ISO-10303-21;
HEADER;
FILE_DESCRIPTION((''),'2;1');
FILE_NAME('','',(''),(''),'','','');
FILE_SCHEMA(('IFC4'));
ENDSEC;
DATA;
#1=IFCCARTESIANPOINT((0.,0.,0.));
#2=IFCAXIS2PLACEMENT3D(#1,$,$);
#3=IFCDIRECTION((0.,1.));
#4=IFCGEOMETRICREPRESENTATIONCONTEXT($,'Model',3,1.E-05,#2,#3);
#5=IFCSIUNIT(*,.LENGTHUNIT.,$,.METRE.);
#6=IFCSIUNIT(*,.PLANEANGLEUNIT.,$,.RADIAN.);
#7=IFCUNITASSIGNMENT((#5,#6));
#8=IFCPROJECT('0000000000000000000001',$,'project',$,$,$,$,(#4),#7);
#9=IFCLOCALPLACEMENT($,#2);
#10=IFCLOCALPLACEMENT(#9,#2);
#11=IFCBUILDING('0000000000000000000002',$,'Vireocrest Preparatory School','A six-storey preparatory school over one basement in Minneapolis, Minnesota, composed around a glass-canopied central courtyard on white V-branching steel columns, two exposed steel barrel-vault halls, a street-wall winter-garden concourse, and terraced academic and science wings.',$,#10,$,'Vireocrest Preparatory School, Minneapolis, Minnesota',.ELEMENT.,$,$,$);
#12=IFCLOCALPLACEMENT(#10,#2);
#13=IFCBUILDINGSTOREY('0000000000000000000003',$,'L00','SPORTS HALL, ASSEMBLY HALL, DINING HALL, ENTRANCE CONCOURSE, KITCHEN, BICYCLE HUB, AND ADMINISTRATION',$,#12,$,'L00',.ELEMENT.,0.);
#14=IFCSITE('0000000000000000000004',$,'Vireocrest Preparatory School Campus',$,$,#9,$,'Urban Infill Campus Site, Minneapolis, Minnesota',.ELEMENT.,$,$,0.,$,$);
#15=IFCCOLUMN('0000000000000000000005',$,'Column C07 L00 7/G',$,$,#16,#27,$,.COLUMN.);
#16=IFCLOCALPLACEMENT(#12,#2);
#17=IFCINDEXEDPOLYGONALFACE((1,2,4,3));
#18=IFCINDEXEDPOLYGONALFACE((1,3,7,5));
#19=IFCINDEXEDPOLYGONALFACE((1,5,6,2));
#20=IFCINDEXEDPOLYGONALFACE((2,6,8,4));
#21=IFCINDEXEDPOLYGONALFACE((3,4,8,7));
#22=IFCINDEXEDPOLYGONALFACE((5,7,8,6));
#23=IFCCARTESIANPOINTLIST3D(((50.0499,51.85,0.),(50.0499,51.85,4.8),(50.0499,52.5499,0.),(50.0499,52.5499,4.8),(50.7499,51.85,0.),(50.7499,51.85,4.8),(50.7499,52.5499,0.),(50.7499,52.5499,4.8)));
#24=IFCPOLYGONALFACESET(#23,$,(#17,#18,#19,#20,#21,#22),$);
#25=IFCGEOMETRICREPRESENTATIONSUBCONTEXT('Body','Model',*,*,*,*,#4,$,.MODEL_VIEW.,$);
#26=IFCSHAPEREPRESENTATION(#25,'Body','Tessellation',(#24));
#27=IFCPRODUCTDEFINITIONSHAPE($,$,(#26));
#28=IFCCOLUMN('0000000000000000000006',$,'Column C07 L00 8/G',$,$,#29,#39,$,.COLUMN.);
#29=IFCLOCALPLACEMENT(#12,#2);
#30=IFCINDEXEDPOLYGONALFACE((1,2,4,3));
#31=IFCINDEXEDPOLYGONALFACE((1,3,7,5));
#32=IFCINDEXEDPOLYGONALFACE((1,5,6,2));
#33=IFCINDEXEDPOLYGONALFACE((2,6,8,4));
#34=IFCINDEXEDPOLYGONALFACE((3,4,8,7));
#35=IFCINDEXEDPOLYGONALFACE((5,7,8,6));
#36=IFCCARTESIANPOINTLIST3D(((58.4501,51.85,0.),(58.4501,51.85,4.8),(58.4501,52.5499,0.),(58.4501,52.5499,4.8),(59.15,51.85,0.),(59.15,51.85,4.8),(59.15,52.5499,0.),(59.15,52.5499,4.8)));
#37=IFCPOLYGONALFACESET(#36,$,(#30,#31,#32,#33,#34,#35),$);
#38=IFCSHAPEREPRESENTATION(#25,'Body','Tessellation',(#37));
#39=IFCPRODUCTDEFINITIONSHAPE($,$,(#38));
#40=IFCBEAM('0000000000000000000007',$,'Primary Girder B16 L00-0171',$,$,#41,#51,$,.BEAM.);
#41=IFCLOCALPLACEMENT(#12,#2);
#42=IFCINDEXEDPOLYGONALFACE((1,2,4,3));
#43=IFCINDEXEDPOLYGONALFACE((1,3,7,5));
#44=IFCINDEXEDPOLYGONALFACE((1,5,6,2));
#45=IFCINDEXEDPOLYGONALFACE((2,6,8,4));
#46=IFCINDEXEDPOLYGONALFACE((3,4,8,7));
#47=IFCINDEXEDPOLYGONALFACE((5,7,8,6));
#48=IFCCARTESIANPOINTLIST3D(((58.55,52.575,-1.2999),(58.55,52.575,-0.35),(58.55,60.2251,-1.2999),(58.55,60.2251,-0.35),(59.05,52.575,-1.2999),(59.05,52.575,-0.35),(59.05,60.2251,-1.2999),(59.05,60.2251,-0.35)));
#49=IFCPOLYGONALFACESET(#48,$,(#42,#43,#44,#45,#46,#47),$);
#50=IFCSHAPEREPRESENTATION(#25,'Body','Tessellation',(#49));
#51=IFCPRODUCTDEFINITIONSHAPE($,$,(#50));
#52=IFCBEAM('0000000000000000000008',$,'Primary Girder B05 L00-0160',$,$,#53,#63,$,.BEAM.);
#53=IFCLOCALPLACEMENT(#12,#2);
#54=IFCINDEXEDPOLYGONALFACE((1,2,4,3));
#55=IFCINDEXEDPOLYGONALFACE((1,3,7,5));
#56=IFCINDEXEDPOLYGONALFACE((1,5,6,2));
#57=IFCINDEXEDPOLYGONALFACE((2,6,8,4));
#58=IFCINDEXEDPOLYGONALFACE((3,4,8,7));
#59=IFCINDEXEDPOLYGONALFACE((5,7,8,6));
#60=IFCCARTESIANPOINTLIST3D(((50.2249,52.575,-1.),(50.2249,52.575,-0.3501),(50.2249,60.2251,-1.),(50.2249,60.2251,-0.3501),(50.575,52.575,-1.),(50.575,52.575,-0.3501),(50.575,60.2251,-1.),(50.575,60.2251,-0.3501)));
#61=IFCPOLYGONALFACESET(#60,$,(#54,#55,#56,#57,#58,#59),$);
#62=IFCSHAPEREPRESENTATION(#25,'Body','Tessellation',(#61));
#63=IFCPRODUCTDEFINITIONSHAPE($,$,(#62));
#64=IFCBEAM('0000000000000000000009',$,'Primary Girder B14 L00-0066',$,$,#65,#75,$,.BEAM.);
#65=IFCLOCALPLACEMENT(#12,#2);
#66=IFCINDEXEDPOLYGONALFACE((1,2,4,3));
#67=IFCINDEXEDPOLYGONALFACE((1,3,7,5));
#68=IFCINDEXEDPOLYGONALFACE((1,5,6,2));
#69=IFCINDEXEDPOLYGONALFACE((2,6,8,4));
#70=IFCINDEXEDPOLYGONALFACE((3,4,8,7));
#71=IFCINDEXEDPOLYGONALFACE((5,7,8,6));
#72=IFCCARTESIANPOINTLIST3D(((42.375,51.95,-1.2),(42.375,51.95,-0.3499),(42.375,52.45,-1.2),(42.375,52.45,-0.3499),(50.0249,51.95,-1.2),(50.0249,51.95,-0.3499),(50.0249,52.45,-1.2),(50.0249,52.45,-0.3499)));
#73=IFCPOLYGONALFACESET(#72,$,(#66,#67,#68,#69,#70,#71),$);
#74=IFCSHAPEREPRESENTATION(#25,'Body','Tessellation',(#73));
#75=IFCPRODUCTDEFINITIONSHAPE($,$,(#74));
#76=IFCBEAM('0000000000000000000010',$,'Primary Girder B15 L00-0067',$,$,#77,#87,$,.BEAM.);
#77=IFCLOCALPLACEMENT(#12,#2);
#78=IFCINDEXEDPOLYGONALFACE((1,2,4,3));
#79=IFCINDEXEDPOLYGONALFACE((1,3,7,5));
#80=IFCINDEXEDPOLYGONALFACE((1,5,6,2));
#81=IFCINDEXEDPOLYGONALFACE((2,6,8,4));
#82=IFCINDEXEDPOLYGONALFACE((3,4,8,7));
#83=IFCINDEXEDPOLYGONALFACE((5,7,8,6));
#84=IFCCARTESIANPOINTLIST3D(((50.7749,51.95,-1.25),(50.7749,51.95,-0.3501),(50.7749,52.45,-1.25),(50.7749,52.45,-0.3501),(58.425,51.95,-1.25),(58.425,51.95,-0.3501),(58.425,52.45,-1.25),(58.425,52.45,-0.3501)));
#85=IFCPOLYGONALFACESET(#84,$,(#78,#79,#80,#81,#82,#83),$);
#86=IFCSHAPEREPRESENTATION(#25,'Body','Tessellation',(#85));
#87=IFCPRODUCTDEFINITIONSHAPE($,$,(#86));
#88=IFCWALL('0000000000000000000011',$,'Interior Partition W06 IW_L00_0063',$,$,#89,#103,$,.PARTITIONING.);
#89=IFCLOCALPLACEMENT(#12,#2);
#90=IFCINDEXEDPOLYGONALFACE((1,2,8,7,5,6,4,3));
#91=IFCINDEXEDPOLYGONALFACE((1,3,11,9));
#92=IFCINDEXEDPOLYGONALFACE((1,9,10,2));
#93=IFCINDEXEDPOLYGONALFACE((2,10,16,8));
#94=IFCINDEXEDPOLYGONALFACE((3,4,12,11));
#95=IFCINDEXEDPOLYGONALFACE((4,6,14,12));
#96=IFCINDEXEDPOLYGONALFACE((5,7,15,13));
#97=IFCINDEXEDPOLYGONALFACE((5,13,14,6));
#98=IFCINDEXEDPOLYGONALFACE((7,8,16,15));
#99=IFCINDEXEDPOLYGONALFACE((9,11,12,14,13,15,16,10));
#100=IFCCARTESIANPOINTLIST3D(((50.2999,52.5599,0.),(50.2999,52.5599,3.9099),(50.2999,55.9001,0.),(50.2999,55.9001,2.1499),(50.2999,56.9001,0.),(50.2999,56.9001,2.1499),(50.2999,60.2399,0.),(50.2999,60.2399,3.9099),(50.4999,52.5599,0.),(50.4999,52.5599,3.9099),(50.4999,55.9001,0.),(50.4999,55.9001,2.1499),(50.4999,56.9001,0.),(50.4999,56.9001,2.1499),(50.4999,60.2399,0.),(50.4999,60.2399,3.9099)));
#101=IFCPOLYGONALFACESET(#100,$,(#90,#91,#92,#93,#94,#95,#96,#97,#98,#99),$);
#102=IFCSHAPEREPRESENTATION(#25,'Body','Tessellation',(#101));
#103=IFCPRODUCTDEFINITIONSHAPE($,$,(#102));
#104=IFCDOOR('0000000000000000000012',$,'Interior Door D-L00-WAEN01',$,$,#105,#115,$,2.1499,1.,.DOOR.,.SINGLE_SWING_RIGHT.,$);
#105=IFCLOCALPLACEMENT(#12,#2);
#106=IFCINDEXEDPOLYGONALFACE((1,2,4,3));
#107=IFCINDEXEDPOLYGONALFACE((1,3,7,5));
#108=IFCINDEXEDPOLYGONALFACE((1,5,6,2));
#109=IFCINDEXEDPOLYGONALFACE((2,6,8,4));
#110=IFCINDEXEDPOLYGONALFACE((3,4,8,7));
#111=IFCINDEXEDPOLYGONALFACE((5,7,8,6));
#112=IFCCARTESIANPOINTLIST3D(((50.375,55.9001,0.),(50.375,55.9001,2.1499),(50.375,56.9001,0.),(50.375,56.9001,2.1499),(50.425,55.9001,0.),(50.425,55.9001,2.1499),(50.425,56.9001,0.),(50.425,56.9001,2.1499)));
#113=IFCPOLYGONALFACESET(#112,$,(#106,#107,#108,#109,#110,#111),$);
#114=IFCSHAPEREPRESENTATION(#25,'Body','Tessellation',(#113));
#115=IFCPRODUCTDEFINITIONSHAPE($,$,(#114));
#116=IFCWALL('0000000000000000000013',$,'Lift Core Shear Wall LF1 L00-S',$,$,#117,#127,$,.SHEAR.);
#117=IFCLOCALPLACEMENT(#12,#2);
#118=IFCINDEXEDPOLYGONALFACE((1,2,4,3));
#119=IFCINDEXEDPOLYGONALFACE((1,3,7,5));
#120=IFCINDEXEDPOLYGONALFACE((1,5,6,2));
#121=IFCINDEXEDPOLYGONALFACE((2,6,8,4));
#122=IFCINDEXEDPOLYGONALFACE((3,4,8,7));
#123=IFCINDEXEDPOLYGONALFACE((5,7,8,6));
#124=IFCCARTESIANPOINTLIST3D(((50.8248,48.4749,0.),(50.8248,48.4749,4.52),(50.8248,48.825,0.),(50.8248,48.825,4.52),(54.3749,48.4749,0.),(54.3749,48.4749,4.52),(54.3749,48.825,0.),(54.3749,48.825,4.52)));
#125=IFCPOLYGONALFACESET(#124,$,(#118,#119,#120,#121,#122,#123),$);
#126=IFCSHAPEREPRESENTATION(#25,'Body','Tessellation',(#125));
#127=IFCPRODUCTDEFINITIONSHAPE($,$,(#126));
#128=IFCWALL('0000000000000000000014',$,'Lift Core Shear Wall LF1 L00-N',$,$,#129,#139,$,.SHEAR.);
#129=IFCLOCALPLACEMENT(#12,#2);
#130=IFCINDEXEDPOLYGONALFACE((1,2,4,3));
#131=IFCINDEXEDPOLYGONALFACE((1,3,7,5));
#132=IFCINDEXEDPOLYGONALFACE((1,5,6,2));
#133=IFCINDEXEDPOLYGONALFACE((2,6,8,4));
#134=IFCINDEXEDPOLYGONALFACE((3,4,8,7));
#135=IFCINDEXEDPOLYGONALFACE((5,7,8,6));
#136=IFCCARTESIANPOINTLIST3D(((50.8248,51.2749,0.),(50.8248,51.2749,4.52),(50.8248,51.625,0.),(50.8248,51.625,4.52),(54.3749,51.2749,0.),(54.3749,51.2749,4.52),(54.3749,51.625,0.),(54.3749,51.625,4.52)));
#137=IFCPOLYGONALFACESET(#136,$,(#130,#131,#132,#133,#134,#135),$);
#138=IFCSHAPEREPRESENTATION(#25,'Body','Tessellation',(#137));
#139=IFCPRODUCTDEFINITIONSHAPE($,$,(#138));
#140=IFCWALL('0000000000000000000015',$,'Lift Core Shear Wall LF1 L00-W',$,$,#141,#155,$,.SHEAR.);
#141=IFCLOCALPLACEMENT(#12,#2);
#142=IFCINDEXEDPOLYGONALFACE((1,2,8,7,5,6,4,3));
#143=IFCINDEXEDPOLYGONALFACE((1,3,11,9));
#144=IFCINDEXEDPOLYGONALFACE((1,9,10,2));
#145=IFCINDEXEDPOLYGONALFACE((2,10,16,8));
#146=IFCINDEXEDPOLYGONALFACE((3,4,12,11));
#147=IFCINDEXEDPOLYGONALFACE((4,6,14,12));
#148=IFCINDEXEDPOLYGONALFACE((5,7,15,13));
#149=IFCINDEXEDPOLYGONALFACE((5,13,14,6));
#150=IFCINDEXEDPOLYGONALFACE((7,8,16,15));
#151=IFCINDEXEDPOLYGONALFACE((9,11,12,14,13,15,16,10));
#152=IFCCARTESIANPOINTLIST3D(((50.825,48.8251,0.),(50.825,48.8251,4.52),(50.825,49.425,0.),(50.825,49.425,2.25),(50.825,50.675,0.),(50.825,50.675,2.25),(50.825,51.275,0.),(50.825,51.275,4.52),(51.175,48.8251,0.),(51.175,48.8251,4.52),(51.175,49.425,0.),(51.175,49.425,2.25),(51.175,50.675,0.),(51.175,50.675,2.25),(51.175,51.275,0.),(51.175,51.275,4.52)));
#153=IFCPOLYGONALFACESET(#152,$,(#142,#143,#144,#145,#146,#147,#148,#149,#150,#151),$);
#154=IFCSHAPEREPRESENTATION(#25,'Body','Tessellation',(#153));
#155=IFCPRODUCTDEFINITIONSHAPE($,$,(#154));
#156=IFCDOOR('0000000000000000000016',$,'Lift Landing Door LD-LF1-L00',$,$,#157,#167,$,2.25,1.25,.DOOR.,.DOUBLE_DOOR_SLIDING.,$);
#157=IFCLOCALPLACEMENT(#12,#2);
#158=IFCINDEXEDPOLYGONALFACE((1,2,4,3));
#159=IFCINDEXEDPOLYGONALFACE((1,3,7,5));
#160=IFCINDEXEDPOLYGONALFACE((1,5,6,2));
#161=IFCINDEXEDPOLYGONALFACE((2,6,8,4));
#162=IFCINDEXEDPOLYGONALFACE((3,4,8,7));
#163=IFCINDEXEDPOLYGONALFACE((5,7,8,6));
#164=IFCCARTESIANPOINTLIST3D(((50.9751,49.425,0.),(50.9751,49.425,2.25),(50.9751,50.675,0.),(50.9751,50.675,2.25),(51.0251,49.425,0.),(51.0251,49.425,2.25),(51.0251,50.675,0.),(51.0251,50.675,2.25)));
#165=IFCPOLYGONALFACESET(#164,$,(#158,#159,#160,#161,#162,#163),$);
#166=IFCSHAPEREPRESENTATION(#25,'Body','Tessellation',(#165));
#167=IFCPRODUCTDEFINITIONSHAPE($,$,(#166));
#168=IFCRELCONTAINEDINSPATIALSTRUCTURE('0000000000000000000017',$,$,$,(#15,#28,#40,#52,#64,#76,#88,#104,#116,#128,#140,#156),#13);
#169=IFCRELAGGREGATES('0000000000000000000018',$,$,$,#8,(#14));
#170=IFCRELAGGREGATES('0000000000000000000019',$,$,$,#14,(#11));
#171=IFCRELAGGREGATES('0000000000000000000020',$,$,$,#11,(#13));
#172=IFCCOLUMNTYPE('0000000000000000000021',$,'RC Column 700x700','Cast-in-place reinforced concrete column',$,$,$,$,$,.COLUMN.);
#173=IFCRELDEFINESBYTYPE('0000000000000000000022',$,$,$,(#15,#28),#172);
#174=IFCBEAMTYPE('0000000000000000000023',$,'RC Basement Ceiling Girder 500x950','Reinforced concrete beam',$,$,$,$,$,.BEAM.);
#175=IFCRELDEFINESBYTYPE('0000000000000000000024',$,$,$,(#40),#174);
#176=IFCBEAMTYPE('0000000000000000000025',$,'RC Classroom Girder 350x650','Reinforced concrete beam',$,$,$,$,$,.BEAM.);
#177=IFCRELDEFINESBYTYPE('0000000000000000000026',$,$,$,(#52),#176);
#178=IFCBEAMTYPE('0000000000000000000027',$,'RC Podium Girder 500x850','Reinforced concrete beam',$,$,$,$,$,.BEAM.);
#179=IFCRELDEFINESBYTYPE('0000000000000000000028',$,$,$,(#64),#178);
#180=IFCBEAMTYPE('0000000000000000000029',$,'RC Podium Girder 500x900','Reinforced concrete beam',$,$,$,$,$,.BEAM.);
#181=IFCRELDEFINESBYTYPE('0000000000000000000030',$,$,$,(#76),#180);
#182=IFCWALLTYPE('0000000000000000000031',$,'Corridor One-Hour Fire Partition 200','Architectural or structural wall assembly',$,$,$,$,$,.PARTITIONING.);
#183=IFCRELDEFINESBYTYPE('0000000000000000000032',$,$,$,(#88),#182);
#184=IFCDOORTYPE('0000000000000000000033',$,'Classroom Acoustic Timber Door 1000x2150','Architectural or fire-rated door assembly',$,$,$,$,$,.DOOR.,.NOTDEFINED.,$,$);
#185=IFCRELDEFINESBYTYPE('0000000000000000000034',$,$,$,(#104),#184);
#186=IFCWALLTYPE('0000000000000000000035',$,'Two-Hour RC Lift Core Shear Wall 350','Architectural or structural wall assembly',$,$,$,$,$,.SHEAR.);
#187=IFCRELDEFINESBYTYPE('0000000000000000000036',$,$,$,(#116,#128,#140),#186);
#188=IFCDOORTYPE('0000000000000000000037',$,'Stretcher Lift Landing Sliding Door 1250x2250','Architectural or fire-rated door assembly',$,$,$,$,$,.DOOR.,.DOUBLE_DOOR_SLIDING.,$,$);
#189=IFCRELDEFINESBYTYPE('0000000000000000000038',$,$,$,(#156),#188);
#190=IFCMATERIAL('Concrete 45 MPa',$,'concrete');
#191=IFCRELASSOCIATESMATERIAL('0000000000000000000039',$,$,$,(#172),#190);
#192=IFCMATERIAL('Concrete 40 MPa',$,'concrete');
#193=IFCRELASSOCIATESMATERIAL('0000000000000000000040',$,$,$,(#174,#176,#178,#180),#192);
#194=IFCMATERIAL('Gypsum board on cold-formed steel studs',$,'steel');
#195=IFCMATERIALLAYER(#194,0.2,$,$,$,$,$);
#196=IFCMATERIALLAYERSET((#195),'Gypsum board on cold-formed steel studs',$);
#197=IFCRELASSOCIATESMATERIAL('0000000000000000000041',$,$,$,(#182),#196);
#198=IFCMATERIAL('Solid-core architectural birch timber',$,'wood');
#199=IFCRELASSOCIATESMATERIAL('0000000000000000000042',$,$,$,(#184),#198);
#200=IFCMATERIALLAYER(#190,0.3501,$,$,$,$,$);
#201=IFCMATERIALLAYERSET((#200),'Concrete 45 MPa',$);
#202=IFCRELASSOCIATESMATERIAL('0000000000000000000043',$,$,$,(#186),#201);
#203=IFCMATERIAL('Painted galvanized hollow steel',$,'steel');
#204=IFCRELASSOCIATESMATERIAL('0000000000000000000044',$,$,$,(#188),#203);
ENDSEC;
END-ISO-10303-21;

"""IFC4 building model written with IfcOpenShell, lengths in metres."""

from ifc_helpers import new_model, si_unit, direction, frame, frame_2d, origin, origin_2d, place, context, subcontext, project, spatial, rectangle, extrude, material, layer, layer_set, material_profile, profile_set, type_object, element, fill, save


model = new_model("IFC4")

# Units and contexts
model_context = context("Model", 3, precision=1e-05, world=origin(), true_north=direction((0.0, 1.0)))
body_context = subcontext(model_context, "Body", "Model", "MODEL_VIEW")
ifc_project = project(units=[si_unit("LENGTHUNIT", "METRE"), si_unit("PLANEANGLEUNIT", "RADIAN")], contexts=[model_context])

# Site, building, storey
site_placement = place(None, origin())
site = spatial("IfcSite", under=ifc_project, at=site_placement, Name="Vireocrest Preparatory School Campus", LongName="Urban Infill Campus Site, Minneapolis, Minnesota", CompositionType="ELEMENT", RefElevation=0.0)
building_placement = place(site_placement, origin())
building = spatial("IfcBuilding", under=site, at=building_placement, Name="Vireocrest Preparatory School", Description="A six-storey preparatory school over one basement in Minneapolis, Minnesota, composed around a glass-canopied central courtyard on white V-branching steel columns, two exposed steel barrel-vault halls, a street-wall winter-garden concourse, and terraced academic and science wings.", LongName="Vireocrest Preparatory School, Minneapolis, Minnesota", CompositionType="ELEMENT")
storey_placement = place(building_placement, origin())
storey = spatial("IfcBuildingStorey", under=building, at=storey_placement, Name="L00", Description="SPORTS HALL, ASSEMBLY HALL, DINING HALL, ENTRANCE CONCOURSE, KITCHEN, BICYCLE HUB, AND ADMINISTRATION", LongName="L00", CompositionType="ELEMENT", Elevation=0.0)

# Columns
ifc_material_1 = material(Name="Concrete 45 MPa", Category="concrete")
ifc_material_profile_1 = material_profile(ifc_material_1, rectangle(XDim=0.7, YDim=0.7, at=origin_2d()), Name="RC 700x700")
ifc_profile_set_1 = profile_set([ifc_material_profile_1], Name="Concrete 45 MPa")
column_type = type_object("IfcColumnType", Name="RC Column 700x700", Description="Cast-in-place reinforced concrete column", PredefinedType="COLUMN", material=ifc_profile_set_1)
for number, where, z_axis, x_axis, name in (
    (1, (50.3999, 52.2, 0.0), (0.0, 0.0, 1.0), (1.0, 0.0, 0.0), "Column C07 L00 7/G"),
    (2, (58.8, 52.2, 0.0), (0.0, 0.0, 1.0), (1.0, 0.0, 0.0), "Column C07 L00 8/G"),
):
    element("IfcColumn", number, at=place(storey_placement, frame(where, z_axis=z_axis, x_axis=x_axis)), inside=storey, type_object=column_type, Name=name, PredefinedType="COLUMN", context=body_context, shape_type="SweptSolid", body=[
        extrude(rectangle(XDim=0.7, YDim=0.7, at=origin_2d()), origin(), (0.0, 0.0, 1.0), 4.8),
    ])

# Beams
ifc_material_2 = material(Name="Concrete 40 MPa", Category="concrete")
ifc_material_profile_2 = material_profile(ifc_material_2, rectangle(XDim=0.5, YDim=0.95, at=origin_2d()), Name="RC 500x950")
ifc_profile_set_2 = profile_set([ifc_material_profile_2], Name="Concrete 40 MPa")
beam_type_1 = type_object("IfcBeamType", Name="RC Basement Ceiling Girder 500x950", Description="Reinforced concrete beam", PredefinedType="BEAM", material=ifc_profile_set_2)
beam_1_placement = place(storey_placement, frame((58.8, 52.575, -0.825), z_axis=(0.0, 1.0, 0.0), x_axis=(-1.0, 0.0, 0.0)))
element("IfcBeam", 3, at=beam_1_placement, inside=storey, type_object=beam_type_1, Name="Primary Girder B16 L00-0171", PredefinedType="BEAM", context=body_context, shape_type="SweptSolid", body=[
    extrude(rectangle(XDim=0.5, YDim=0.95, at=origin_2d()), origin(), (0.0, 0.0, 1.0), 7.6501),
])
ifc_material_profile_3 = material_profile(ifc_material_2, rectangle(XDim=0.3501, YDim=0.6499, at=origin_2d()), Name="RC 350x650")
ifc_profile_set_3 = profile_set([ifc_material_profile_3], Name="Concrete 40 MPa")
beam_type_2 = type_object("IfcBeamType", Name="RC Classroom Girder 350x650", Description="Reinforced concrete beam", PredefinedType="BEAM", material=ifc_profile_set_3)
beam_2_placement = place(storey_placement, frame((50.3999, 52.575, -0.675), z_axis=(0.0, 1.0, 0.0), x_axis=(-1.0, 0.0, 0.0)))
element("IfcBeam", 4, at=beam_2_placement, inside=storey, type_object=beam_type_2, Name="Primary Girder B05 L00-0160", PredefinedType="BEAM", context=body_context, shape_type="SweptSolid", body=[
    extrude(rectangle(XDim=0.3501, YDim=0.6499, at=origin_2d()), origin(), (0.0, 0.0, 1.0), 7.6501),
])
ifc_material_profile_4 = material_profile(ifc_material_2, rectangle(XDim=0.5, YDim=0.8501, at=origin_2d()), Name="RC 500x850")
ifc_profile_set_4 = profile_set([ifc_material_profile_4], Name="Concrete 40 MPa")
beam_type_3 = type_object("IfcBeamType", Name="RC Podium Girder 500x850", Description="Reinforced concrete beam", PredefinedType="BEAM", material=ifc_profile_set_4)
beam_3_placement = place(storey_placement, frame((42.375, 52.2, -0.7749), z_axis=(1.0, 0.0, 0.0), x_axis=(0.0, 1.0, 0.0)))
element("IfcBeam", 5, at=beam_3_placement, inside=storey, type_object=beam_type_3, Name="Primary Girder B14 L00-0066", PredefinedType="BEAM", context=body_context, shape_type="SweptSolid", body=[
    extrude(rectangle(XDim=0.5, YDim=0.8501, at=origin_2d()), origin(), (0.0, 0.0, 1.0), 7.6499),
])
ifc_material_profile_5 = material_profile(ifc_material_2, rectangle(XDim=0.5, YDim=0.8999, at=origin_2d()), Name="RC 500x900")
ifc_profile_set_5 = profile_set([ifc_material_profile_5], Name="Concrete 40 MPa")
beam_type_4 = type_object("IfcBeamType", Name="RC Podium Girder 500x900", Description="Reinforced concrete beam", PredefinedType="BEAM", material=ifc_profile_set_5)
beam_4_placement = place(storey_placement, frame((50.7749, 52.2, -0.8), z_axis=(1.0, 0.0, 0.0), x_axis=(0.0, 1.0, 0.0)))
element("IfcBeam", 6, at=beam_4_placement, inside=storey, type_object=beam_type_4, Name="Primary Girder B15 L00-0067", PredefinedType="BEAM", context=body_context, shape_type="SweptSolid", body=[
    extrude(rectangle(XDim=0.5, YDim=0.8999, at=origin_2d()), origin(), (0.0, 0.0, 1.0), 7.6501),
])

# Wall, opening, door
ifc_material_3 = material(Name="Gypsum board on cold-formed steel studs", Category="steel")
ifc_layer_1 = layer(ifc_material_3, 0.2)
ifc_layer_set_1 = layer_set([ifc_layer_1], Name="Gypsum board on cold-formed steel studs")
wall_type_1 = type_object("IfcWallType", Name="Corridor One-Hour Fire Partition 200", Description="Architectural or structural wall assembly", PredefinedType="PARTITIONING", material=ifc_layer_set_1)
wall_1_placement = place(storey_placement, frame((50.3999, 52.5601, 0.0), z_axis=(0.0, 0.0, 1.0), x_axis=(0.0, 1.0, 0.0)))
wall_1 = element("IfcWall", 7, at=wall_1_placement, inside=storey, type_object=wall_type_1, Name="Interior Partition W06 IW_L00_0063", PredefinedType="PARTITIONING", context=body_context, shape_type="SweptSolid", body=[
    extrude(rectangle(XDim=7.6799, YDim=0.2, at=frame_2d((3.8398, 0.0))), origin(), (0.0, 0.0, 1.0), 3.9099),
])
opening_1_placement = place(wall_1_placement, frame((3.3401, 0.0, 0.0)))
opening_1 = element("IfcOpeningElement", 8, at=opening_1_placement, cuts=wall_1, PredefinedType="OPENING", context=body_context, shape_type="SweptSolid", body=[
    extrude(rectangle(XDim=1.0, YDim=2.1499, at=frame_2d((0.5, 1.075))), frame((0.0, 0.1099, 0.0), z_axis=(0.0, -1.0, 0.0), x_axis=(1.0, 0.0, 0.0)), (0.0, 0.0, 1.0), 0.22),
])
ifc_material_4 = material(Name="Solid-core architectural birch timber", Category="wood")
door_type_1 = type_object("IfcDoorType", Name="Classroom Acoustic Timber Door 1000x2150", Description="Architectural or fire-rated door assembly", OperationType="NOTDEFINED", PredefinedType="DOOR", material=ifc_material_4)
door_1_placement = place(opening_1_placement, origin())
door_1 = element("IfcDoor", 9, at=door_1_placement, inside=storey, type_object=door_type_1, Name="Interior Door D-L00-WAEN01", OperationType="SINGLE_SWING_RIGHT", OverallHeight=2.1499, OverallWidth=1.0, PredefinedType="DOOR", context=body_context, shape_type="SweptSolid", body=[
    extrude(rectangle(XDim=1.0, YDim=2.1499, at=frame_2d((0.5, 1.075))), frame((0.0, 0.0249, 0.0), z_axis=(0.0, -1.0, 0.0), x_axis=(1.0, 0.0, 0.0)), (0.0, 0.0, 1.0), 0.05),
])
fill(opening_1, door_1)

# Walls
ifc_layer_2 = layer(ifc_material_1, 0.3501)
ifc_layer_set_2 = layer_set([ifc_layer_2], Name="Concrete 45 MPa")
wall_type_2 = type_object("IfcWallType", Name="Two-Hour RC Lift Core Shear Wall 350", Description="Architectural or structural wall assembly", PredefinedType="SHEAR", material=ifc_layer_set_2)
for number, where, z_axis, x_axis, name in (
    (10, (50.825, 48.6499, 0.0), (0.0, 0.0, 1.0), (1.0, 0.0, 0.0), "Lift Core Shear Wall LF1 L00-S"),
    (11, (50.825, 51.45, 0.0), (0.0, 0.0, 1.0), (1.0, 0.0, 0.0), "Lift Core Shear Wall LF1 L00-N"),
):
    element("IfcWall", number, at=place(storey_placement, frame(where, z_axis=z_axis, x_axis=x_axis)), inside=storey, type_object=wall_type_2, Name=name, PredefinedType="SHEAR", context=body_context, shape_type="SweptSolid", body=[
        extrude(rectangle(XDim=3.55, YDim=0.3501, at=frame_2d((1.7749, 0.0))), origin(), (0.0, 0.0, 1.0), 4.52),
    ])

# Wall, opening, door
wall_2_placement = place(storey_placement, frame((51.0, 48.825, 0.0), z_axis=(0.0, 0.0, 1.0), x_axis=(0.0, 1.0, 0.0)))
wall_2 = element("IfcWall", 12, at=wall_2_placement, inside=storey, type_object=wall_type_2, Name="Lift Core Shear Wall LF1 L00-W", PredefinedType="SHEAR", context=body_context, shape_type="SweptSolid", body=[
    extrude(rectangle(XDim=2.45, YDim=0.3501, at=frame_2d((1.2251, 0.0))), origin(), (0.0, 0.0, 1.0), 4.52),
])
opening_2_placement = place(wall_2_placement, frame((0.6001, 0.0, 0.0)))
opening_2 = element("IfcOpeningElement", 13, at=opening_2_placement, cuts=wall_2, PredefinedType="OPENING", context=body_context, shape_type="SweptSolid", body=[
    extrude(rectangle(XDim=1.25, YDim=2.25, at=frame_2d((0.625, 1.125))), frame((0.0, 0.1851, 0.0), z_axis=(0.0, -1.0, 0.0), x_axis=(1.0, 0.0, 0.0)), (0.0, 0.0, 1.0), 0.3701),
])
ifc_material_5 = material(Name="Painted galvanized hollow steel", Category="steel")
door_type_2 = type_object("IfcDoorType", Name="Stretcher Lift Landing Sliding Door 1250x2250", Description="Architectural or fire-rated door assembly", OperationType="DOUBLE_DOOR_SLIDING", PredefinedType="DOOR", material=ifc_material_5)
door_2_placement = place(opening_2_placement, origin())
door_2 = element("IfcDoor", 14, at=door_2_placement, inside=storey, type_object=door_type_2, Name="Lift Landing Door LD-LF1-L00", OperationType="DOUBLE_DOOR_SLIDING", OverallHeight=2.25, OverallWidth=1.25, PredefinedType="DOOR", context=body_context, shape_type="SweptSolid", body=[
    extrude(rectangle(XDim=1.25, YDim=2.25, at=frame_2d((0.625, 1.125))), frame((0.0, 0.0249, 0.0), z_axis=(0.0, -1.0, 0.0), x_axis=(1.0, 0.0, 0.0)), (0.0, 0.0, 1.0), 0.05),
])
fill(opening_2, door_2)

save(model, "model.ifc")
